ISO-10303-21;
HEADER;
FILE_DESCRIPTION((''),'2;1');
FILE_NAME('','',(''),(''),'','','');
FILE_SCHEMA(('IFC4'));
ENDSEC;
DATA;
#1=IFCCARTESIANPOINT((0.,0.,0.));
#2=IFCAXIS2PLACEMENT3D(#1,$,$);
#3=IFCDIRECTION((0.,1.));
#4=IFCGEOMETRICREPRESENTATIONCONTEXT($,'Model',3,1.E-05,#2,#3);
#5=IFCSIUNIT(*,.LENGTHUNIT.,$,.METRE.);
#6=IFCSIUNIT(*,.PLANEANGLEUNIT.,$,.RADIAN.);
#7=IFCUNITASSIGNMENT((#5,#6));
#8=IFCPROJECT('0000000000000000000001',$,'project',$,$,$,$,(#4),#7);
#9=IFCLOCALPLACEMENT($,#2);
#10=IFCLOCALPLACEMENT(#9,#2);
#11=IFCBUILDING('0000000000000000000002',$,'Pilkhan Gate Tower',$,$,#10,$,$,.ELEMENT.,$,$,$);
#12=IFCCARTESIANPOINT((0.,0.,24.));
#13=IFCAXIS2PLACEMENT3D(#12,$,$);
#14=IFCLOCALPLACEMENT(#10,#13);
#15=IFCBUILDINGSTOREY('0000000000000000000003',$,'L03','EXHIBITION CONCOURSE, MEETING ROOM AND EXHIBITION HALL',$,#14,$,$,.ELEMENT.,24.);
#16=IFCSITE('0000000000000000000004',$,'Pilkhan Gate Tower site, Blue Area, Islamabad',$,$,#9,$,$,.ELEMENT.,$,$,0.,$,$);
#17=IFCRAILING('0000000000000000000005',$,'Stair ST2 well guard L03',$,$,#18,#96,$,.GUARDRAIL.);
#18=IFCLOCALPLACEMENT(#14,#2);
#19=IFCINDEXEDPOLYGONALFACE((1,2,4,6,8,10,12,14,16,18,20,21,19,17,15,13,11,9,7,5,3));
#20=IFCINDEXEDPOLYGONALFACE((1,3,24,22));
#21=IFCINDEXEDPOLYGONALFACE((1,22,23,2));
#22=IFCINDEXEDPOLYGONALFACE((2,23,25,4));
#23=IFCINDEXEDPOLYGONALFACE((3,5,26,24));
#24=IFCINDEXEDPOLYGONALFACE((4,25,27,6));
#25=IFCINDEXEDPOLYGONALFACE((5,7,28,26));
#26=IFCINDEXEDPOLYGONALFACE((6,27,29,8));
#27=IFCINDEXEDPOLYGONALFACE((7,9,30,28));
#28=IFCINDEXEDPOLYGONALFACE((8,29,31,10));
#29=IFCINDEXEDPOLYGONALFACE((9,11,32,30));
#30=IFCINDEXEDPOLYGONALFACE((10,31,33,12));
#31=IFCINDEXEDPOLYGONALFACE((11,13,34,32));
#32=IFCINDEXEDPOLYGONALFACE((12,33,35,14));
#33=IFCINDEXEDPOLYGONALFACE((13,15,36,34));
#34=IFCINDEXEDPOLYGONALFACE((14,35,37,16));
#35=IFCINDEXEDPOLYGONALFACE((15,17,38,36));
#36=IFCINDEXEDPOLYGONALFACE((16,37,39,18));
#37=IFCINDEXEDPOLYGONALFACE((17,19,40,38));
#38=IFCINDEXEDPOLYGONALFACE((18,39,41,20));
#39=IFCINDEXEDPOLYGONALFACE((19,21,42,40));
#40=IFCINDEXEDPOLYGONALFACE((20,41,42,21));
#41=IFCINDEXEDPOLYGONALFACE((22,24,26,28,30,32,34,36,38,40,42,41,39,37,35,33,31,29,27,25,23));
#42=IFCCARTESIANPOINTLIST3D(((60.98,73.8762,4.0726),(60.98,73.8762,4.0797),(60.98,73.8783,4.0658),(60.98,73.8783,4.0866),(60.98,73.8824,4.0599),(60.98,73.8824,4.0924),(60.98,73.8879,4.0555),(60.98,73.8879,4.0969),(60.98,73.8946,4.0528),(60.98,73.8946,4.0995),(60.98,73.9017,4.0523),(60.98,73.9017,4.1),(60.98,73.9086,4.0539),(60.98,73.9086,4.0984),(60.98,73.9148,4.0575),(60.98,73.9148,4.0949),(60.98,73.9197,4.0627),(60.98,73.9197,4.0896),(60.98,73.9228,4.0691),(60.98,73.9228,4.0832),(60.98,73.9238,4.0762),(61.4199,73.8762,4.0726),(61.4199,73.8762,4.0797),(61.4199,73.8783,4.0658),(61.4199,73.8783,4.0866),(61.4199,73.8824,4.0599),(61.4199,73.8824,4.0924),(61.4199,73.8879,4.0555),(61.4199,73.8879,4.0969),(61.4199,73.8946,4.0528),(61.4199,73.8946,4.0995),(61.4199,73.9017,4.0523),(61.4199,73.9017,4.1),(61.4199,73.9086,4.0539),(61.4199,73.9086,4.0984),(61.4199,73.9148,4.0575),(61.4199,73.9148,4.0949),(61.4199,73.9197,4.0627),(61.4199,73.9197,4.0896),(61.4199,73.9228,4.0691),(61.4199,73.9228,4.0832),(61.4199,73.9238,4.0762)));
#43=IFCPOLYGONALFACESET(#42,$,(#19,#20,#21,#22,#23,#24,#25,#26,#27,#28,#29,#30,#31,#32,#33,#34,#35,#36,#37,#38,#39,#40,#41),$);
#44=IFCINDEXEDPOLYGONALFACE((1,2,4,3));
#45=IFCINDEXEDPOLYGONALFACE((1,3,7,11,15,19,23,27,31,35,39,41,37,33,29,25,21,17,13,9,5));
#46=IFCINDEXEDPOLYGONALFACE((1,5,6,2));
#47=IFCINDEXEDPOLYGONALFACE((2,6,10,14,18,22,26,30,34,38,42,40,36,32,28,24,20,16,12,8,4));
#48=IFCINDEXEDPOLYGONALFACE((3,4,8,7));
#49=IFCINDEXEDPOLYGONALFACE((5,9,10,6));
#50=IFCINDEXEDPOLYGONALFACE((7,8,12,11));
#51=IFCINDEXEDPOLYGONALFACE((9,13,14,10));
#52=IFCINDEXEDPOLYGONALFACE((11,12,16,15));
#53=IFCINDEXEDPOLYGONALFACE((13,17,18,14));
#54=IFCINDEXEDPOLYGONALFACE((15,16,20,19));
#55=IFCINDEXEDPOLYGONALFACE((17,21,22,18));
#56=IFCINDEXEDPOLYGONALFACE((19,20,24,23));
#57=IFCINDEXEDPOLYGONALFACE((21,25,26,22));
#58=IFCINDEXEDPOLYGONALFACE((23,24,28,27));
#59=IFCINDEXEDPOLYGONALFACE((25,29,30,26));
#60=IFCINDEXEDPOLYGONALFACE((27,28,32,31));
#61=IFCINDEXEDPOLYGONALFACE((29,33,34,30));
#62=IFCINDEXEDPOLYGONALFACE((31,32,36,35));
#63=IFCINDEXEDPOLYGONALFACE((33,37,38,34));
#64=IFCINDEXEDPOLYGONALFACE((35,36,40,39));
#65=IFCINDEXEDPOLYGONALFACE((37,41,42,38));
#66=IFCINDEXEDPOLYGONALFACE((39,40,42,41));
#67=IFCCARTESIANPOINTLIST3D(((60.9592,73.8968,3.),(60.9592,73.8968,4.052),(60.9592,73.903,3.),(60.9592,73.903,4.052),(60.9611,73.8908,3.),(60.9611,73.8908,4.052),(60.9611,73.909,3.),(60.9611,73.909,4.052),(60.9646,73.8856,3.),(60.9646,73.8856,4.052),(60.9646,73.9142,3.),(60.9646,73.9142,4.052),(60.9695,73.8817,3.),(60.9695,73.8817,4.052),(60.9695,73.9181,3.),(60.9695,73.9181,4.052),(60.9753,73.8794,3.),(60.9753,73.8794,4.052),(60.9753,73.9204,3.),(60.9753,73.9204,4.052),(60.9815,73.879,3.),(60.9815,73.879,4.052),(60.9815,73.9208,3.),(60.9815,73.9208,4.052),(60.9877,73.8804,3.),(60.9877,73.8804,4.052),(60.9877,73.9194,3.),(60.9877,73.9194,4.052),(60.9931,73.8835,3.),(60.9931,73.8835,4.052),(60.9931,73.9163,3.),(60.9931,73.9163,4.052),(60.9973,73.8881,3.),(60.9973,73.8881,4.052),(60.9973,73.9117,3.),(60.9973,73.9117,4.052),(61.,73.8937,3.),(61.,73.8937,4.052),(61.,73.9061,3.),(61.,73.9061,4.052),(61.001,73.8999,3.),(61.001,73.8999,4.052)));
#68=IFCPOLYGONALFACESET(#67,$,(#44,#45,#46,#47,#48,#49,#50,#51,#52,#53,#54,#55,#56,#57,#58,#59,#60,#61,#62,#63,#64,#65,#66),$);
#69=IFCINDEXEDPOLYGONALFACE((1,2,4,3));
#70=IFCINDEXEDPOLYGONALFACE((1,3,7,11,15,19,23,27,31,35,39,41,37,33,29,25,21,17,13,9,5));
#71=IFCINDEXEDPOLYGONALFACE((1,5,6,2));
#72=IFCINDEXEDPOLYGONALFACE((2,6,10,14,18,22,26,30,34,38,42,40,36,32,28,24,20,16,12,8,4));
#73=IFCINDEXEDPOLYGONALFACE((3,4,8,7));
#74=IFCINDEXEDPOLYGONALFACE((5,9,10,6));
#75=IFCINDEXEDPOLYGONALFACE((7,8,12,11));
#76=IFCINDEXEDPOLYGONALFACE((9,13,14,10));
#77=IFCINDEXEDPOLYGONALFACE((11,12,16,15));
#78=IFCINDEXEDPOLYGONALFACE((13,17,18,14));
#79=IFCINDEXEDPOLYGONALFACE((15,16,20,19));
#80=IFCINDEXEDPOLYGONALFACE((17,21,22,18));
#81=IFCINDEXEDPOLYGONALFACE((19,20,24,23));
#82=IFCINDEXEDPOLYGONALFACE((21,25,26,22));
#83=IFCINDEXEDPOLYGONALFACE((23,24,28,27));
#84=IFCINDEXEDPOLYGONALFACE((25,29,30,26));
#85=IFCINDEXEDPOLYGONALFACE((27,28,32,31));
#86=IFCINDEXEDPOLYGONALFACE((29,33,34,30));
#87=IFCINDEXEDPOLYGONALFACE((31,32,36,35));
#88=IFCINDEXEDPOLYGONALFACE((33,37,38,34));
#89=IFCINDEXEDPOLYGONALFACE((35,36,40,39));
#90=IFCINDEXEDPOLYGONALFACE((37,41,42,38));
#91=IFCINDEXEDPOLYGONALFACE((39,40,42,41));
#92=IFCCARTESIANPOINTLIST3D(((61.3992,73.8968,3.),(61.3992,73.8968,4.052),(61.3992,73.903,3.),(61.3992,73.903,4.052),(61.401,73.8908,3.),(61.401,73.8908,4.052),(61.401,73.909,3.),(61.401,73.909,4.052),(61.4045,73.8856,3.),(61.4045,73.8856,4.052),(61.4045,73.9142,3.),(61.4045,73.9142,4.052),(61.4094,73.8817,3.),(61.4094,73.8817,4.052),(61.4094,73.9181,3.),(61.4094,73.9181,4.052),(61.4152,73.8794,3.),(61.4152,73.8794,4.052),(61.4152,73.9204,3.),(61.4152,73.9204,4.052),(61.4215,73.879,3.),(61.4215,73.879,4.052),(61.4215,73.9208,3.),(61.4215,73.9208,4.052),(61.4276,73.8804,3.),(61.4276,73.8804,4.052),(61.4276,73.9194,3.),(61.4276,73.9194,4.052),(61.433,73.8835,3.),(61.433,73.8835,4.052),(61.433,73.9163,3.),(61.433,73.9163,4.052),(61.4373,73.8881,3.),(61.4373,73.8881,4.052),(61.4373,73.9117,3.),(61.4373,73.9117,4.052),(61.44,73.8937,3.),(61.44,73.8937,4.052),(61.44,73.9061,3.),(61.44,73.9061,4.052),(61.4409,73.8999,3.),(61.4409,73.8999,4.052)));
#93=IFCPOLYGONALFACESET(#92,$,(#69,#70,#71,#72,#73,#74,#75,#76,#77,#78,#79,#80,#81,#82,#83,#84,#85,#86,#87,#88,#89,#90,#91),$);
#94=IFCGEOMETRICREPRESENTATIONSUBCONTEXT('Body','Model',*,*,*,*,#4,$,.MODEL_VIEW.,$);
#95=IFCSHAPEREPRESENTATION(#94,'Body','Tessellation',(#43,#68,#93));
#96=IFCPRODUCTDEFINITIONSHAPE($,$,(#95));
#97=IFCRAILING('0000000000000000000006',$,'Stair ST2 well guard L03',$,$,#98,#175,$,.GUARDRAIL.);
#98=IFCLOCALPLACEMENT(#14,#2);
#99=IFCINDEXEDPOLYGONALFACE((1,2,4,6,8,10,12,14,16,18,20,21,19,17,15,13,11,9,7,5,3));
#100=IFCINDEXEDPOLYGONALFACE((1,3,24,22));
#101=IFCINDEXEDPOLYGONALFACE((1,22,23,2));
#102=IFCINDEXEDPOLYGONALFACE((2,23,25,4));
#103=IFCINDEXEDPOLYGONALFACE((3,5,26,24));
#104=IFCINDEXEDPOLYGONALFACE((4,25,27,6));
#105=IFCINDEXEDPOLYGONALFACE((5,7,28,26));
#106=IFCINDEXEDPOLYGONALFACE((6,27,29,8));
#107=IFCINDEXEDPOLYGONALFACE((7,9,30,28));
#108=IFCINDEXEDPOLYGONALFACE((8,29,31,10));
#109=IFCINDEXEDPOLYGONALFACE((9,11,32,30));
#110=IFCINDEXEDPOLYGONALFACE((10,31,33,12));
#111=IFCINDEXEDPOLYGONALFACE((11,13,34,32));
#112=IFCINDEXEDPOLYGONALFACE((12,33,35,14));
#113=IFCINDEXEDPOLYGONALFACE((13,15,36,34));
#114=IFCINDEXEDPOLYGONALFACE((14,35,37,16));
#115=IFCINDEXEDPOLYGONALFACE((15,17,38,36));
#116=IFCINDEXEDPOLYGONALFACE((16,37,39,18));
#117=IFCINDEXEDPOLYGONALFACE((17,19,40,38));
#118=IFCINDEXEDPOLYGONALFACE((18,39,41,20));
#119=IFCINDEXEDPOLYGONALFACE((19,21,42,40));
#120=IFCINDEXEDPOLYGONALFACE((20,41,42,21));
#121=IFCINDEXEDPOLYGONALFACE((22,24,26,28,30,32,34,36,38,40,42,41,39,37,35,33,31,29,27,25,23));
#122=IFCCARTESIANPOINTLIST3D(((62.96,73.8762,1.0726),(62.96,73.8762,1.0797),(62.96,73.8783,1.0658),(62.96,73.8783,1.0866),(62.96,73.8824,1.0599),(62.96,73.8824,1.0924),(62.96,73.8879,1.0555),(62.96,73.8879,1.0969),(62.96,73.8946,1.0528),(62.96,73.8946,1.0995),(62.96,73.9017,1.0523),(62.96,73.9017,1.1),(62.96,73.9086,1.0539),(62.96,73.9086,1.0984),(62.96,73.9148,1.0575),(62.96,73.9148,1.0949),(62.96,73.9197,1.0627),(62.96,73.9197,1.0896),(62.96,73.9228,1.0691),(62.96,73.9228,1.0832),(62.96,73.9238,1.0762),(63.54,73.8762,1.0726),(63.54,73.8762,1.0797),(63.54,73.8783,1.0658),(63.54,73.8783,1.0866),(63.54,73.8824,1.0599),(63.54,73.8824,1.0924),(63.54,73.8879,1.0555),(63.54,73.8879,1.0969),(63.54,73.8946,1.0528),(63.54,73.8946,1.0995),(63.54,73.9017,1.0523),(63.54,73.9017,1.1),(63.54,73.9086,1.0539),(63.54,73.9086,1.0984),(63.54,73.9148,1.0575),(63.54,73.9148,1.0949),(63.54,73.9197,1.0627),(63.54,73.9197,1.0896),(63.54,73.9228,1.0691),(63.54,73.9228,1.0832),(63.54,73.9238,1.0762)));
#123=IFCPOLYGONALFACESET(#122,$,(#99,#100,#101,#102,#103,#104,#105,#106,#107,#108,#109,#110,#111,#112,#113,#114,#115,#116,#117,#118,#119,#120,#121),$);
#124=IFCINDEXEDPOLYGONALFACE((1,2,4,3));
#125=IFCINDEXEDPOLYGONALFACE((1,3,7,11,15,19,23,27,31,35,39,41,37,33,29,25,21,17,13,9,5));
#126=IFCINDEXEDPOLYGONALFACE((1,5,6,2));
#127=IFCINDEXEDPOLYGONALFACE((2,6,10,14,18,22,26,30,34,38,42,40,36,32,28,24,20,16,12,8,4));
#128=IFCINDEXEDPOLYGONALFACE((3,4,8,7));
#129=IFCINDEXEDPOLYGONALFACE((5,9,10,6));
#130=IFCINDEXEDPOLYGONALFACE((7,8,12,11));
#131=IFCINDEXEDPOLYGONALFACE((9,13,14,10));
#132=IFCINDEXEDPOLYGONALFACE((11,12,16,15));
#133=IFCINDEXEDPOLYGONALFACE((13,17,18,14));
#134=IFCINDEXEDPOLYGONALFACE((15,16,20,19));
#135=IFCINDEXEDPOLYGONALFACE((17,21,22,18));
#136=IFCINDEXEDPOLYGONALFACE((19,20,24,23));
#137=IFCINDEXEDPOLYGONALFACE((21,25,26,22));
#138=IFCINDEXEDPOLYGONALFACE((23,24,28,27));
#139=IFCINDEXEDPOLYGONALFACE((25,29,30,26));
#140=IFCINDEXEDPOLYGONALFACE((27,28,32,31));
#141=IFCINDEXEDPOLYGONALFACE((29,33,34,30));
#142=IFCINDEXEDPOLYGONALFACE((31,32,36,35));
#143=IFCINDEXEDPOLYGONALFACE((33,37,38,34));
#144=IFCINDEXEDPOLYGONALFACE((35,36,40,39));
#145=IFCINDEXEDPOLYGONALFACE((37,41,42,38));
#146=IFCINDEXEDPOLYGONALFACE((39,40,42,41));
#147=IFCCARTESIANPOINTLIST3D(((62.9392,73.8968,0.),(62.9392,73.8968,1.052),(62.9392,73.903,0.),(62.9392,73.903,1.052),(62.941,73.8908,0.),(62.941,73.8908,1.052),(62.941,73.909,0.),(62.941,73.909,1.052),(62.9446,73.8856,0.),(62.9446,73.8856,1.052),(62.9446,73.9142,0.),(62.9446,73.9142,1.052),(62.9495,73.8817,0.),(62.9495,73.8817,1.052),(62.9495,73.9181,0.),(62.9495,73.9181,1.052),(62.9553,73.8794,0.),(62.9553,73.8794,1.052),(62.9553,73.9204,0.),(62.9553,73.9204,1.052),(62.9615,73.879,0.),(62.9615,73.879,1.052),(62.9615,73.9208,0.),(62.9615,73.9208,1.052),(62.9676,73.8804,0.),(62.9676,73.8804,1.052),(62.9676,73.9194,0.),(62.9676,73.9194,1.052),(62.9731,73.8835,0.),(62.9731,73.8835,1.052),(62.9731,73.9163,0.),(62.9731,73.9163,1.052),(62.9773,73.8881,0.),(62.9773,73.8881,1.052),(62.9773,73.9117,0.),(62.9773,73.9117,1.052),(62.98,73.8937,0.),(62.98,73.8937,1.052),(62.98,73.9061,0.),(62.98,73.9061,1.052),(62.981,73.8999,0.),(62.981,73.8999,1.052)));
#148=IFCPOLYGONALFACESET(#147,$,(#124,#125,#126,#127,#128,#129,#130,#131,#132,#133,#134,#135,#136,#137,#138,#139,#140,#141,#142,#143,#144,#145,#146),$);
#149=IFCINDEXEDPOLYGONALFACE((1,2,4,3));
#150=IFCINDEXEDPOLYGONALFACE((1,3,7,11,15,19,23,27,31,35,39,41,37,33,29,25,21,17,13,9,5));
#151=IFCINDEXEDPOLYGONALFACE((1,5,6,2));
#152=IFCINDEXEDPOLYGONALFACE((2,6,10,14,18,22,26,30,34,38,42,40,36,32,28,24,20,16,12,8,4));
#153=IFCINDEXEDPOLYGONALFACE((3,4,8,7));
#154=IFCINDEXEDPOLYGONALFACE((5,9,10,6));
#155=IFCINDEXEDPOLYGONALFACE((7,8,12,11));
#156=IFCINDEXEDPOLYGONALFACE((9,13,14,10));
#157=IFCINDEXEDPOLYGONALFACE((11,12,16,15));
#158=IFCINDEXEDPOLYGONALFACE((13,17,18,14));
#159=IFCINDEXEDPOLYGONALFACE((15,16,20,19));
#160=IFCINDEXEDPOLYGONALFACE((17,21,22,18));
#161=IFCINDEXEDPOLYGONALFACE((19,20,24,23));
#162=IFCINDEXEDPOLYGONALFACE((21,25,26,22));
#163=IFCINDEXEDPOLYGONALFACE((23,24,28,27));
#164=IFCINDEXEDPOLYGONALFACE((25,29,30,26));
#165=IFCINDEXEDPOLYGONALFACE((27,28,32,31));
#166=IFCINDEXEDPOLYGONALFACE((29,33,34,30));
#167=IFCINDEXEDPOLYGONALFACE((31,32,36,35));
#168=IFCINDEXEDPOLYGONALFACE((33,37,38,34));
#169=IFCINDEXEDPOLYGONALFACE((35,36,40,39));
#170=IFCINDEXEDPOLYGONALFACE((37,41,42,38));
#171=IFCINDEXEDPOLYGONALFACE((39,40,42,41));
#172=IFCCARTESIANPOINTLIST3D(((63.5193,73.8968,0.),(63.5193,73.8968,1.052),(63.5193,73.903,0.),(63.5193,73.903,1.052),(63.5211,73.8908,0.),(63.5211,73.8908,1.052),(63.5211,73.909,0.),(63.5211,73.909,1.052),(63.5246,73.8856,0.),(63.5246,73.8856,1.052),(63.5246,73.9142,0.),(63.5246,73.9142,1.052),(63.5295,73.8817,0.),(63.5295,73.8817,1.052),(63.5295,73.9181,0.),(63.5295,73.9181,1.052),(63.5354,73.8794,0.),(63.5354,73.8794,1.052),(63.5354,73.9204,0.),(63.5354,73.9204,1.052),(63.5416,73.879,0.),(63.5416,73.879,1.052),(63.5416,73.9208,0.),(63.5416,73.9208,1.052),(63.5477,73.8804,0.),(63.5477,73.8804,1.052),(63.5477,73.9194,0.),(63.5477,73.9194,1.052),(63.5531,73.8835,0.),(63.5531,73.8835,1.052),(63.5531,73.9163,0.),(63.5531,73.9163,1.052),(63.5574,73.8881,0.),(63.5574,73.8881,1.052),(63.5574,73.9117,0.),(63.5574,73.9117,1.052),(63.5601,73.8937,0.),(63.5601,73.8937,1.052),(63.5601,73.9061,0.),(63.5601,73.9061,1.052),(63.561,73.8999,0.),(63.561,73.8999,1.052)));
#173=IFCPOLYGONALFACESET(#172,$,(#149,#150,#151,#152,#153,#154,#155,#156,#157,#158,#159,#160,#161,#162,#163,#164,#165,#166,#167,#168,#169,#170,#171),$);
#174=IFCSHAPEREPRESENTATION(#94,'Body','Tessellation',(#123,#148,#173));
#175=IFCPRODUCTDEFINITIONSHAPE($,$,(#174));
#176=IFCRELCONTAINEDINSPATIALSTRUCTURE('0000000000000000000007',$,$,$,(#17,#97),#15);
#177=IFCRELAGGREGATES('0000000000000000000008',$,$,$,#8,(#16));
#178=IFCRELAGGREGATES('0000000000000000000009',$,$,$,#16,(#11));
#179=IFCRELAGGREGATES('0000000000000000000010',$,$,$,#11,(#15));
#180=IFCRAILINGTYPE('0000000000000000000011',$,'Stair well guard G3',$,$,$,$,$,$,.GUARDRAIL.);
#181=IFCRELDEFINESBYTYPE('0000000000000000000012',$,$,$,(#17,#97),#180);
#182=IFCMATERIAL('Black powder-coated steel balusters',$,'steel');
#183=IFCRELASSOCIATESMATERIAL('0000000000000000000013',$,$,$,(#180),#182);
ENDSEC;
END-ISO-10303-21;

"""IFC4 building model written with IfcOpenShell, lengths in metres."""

from ifc_helpers import new_model, si_unit, direction, frame, origin, origin_2d, place, context, subcontext, project, spatial, circle, extrude, material, type_object, element, save


model = new_model("IFC4")

# Units and contexts
model_context = context("Model", 3, precision=1e-05, world=origin(), true_north=direction((0.0, 1.0)))
body_context = subcontext(model_context, "Body", "Model", "MODEL_VIEW")
ifc_project = project(units=[si_unit("LENGTHUNIT", "METRE"), si_unit("PLANEANGLEUNIT", "RADIAN")], contexts=[model_context])

# Site, building, storey
site_placement = place(None, origin())
site = spatial("IfcSite", under=ifc_project, at=site_placement, Name="Pilkhan Gate Tower site, Blue Area, Islamabad", CompositionType="ELEMENT", RefElevation=0.0)
building_placement = place(site_placement, origin())
building = spatial("IfcBuilding", under=site, at=building_placement, Name="Pilkhan Gate Tower", CompositionType="ELEMENT")
storey_placement = place(building_placement, frame((0.0, 0.0, 24.0)))
storey = spatial("IfcBuildingStorey", under=building, at=storey_placement, Name="L03", Description="EXHIBITION CONCOURSE, MEETING ROOM AND EXHIBITION HALL", CompositionType="ELEMENT", Elevation=24.0)

# Railings
ifc_material_1 = material(Name="Black powder-coated steel balusters", Category="steel")
railing_type_1 = type_object("IfcRailingType", Name="Stair well guard G3", PredefinedType="GUARDRAIL", material=ifc_material_1)
railing_placement = place(storey_placement, frame((60.98, 73.8999, 3.0)))
element("IfcRailing", 1, at=railing_placement, inside=storey, type_object=railing_type_1, Name="Stair ST2 well guard L03", PredefinedType="GUARDRAIL", context=body_context, shape_type="SweptSolid", body=[
    extrude(circle(Radius=0.0239, at=origin_2d()), frame((0.0, 0.0, 1.0762), z_axis=(1.0, 0.0, 0.0), x_axis=(0.0, 1.0, 0.0)), (0.0, 0.0, 1.0), 0.4399),
    extrude(circle(Radius=0.021, at=origin_2d()), origin(), (0.0, 0.0, 1.0), 1.052),
    extrude(circle(Radius=0.021, at=origin_2d()), frame((0.4399, 0.0, 0.0)), (0.0, 0.0, 1.0), 1.052),
])
for number, where, name in (
    (2, (62.96, 73.8999, 0.0), "Stair ST2 well guard L03"),
):
    element("IfcRailing", number, at=place(storey_placement, frame(where)), inside=storey, type_object=railing_type_1, Name=name, PredefinedType="GUARDRAIL", context=body_context, shape_type="SweptSolid", body=[
        extrude(circle(Radius=0.0239, at=origin_2d()), frame((0.0, 0.0, 1.0762), z_axis=(1.0, 0.0, 0.0), x_axis=(0.0, 1.0, 0.0)), (0.0, 0.0, 1.0), 0.5801),
        extrude(circle(Radius=0.021, at=origin_2d()), origin(), (0.0, 0.0, 1.0), 1.052),
        extrude(circle(Radius=0.021, at=origin_2d()), frame((0.5801, 0.0, 0.0)), (0.0, 0.0, 1.0), 1.052),
    ])

save(model, "model.ifc")
